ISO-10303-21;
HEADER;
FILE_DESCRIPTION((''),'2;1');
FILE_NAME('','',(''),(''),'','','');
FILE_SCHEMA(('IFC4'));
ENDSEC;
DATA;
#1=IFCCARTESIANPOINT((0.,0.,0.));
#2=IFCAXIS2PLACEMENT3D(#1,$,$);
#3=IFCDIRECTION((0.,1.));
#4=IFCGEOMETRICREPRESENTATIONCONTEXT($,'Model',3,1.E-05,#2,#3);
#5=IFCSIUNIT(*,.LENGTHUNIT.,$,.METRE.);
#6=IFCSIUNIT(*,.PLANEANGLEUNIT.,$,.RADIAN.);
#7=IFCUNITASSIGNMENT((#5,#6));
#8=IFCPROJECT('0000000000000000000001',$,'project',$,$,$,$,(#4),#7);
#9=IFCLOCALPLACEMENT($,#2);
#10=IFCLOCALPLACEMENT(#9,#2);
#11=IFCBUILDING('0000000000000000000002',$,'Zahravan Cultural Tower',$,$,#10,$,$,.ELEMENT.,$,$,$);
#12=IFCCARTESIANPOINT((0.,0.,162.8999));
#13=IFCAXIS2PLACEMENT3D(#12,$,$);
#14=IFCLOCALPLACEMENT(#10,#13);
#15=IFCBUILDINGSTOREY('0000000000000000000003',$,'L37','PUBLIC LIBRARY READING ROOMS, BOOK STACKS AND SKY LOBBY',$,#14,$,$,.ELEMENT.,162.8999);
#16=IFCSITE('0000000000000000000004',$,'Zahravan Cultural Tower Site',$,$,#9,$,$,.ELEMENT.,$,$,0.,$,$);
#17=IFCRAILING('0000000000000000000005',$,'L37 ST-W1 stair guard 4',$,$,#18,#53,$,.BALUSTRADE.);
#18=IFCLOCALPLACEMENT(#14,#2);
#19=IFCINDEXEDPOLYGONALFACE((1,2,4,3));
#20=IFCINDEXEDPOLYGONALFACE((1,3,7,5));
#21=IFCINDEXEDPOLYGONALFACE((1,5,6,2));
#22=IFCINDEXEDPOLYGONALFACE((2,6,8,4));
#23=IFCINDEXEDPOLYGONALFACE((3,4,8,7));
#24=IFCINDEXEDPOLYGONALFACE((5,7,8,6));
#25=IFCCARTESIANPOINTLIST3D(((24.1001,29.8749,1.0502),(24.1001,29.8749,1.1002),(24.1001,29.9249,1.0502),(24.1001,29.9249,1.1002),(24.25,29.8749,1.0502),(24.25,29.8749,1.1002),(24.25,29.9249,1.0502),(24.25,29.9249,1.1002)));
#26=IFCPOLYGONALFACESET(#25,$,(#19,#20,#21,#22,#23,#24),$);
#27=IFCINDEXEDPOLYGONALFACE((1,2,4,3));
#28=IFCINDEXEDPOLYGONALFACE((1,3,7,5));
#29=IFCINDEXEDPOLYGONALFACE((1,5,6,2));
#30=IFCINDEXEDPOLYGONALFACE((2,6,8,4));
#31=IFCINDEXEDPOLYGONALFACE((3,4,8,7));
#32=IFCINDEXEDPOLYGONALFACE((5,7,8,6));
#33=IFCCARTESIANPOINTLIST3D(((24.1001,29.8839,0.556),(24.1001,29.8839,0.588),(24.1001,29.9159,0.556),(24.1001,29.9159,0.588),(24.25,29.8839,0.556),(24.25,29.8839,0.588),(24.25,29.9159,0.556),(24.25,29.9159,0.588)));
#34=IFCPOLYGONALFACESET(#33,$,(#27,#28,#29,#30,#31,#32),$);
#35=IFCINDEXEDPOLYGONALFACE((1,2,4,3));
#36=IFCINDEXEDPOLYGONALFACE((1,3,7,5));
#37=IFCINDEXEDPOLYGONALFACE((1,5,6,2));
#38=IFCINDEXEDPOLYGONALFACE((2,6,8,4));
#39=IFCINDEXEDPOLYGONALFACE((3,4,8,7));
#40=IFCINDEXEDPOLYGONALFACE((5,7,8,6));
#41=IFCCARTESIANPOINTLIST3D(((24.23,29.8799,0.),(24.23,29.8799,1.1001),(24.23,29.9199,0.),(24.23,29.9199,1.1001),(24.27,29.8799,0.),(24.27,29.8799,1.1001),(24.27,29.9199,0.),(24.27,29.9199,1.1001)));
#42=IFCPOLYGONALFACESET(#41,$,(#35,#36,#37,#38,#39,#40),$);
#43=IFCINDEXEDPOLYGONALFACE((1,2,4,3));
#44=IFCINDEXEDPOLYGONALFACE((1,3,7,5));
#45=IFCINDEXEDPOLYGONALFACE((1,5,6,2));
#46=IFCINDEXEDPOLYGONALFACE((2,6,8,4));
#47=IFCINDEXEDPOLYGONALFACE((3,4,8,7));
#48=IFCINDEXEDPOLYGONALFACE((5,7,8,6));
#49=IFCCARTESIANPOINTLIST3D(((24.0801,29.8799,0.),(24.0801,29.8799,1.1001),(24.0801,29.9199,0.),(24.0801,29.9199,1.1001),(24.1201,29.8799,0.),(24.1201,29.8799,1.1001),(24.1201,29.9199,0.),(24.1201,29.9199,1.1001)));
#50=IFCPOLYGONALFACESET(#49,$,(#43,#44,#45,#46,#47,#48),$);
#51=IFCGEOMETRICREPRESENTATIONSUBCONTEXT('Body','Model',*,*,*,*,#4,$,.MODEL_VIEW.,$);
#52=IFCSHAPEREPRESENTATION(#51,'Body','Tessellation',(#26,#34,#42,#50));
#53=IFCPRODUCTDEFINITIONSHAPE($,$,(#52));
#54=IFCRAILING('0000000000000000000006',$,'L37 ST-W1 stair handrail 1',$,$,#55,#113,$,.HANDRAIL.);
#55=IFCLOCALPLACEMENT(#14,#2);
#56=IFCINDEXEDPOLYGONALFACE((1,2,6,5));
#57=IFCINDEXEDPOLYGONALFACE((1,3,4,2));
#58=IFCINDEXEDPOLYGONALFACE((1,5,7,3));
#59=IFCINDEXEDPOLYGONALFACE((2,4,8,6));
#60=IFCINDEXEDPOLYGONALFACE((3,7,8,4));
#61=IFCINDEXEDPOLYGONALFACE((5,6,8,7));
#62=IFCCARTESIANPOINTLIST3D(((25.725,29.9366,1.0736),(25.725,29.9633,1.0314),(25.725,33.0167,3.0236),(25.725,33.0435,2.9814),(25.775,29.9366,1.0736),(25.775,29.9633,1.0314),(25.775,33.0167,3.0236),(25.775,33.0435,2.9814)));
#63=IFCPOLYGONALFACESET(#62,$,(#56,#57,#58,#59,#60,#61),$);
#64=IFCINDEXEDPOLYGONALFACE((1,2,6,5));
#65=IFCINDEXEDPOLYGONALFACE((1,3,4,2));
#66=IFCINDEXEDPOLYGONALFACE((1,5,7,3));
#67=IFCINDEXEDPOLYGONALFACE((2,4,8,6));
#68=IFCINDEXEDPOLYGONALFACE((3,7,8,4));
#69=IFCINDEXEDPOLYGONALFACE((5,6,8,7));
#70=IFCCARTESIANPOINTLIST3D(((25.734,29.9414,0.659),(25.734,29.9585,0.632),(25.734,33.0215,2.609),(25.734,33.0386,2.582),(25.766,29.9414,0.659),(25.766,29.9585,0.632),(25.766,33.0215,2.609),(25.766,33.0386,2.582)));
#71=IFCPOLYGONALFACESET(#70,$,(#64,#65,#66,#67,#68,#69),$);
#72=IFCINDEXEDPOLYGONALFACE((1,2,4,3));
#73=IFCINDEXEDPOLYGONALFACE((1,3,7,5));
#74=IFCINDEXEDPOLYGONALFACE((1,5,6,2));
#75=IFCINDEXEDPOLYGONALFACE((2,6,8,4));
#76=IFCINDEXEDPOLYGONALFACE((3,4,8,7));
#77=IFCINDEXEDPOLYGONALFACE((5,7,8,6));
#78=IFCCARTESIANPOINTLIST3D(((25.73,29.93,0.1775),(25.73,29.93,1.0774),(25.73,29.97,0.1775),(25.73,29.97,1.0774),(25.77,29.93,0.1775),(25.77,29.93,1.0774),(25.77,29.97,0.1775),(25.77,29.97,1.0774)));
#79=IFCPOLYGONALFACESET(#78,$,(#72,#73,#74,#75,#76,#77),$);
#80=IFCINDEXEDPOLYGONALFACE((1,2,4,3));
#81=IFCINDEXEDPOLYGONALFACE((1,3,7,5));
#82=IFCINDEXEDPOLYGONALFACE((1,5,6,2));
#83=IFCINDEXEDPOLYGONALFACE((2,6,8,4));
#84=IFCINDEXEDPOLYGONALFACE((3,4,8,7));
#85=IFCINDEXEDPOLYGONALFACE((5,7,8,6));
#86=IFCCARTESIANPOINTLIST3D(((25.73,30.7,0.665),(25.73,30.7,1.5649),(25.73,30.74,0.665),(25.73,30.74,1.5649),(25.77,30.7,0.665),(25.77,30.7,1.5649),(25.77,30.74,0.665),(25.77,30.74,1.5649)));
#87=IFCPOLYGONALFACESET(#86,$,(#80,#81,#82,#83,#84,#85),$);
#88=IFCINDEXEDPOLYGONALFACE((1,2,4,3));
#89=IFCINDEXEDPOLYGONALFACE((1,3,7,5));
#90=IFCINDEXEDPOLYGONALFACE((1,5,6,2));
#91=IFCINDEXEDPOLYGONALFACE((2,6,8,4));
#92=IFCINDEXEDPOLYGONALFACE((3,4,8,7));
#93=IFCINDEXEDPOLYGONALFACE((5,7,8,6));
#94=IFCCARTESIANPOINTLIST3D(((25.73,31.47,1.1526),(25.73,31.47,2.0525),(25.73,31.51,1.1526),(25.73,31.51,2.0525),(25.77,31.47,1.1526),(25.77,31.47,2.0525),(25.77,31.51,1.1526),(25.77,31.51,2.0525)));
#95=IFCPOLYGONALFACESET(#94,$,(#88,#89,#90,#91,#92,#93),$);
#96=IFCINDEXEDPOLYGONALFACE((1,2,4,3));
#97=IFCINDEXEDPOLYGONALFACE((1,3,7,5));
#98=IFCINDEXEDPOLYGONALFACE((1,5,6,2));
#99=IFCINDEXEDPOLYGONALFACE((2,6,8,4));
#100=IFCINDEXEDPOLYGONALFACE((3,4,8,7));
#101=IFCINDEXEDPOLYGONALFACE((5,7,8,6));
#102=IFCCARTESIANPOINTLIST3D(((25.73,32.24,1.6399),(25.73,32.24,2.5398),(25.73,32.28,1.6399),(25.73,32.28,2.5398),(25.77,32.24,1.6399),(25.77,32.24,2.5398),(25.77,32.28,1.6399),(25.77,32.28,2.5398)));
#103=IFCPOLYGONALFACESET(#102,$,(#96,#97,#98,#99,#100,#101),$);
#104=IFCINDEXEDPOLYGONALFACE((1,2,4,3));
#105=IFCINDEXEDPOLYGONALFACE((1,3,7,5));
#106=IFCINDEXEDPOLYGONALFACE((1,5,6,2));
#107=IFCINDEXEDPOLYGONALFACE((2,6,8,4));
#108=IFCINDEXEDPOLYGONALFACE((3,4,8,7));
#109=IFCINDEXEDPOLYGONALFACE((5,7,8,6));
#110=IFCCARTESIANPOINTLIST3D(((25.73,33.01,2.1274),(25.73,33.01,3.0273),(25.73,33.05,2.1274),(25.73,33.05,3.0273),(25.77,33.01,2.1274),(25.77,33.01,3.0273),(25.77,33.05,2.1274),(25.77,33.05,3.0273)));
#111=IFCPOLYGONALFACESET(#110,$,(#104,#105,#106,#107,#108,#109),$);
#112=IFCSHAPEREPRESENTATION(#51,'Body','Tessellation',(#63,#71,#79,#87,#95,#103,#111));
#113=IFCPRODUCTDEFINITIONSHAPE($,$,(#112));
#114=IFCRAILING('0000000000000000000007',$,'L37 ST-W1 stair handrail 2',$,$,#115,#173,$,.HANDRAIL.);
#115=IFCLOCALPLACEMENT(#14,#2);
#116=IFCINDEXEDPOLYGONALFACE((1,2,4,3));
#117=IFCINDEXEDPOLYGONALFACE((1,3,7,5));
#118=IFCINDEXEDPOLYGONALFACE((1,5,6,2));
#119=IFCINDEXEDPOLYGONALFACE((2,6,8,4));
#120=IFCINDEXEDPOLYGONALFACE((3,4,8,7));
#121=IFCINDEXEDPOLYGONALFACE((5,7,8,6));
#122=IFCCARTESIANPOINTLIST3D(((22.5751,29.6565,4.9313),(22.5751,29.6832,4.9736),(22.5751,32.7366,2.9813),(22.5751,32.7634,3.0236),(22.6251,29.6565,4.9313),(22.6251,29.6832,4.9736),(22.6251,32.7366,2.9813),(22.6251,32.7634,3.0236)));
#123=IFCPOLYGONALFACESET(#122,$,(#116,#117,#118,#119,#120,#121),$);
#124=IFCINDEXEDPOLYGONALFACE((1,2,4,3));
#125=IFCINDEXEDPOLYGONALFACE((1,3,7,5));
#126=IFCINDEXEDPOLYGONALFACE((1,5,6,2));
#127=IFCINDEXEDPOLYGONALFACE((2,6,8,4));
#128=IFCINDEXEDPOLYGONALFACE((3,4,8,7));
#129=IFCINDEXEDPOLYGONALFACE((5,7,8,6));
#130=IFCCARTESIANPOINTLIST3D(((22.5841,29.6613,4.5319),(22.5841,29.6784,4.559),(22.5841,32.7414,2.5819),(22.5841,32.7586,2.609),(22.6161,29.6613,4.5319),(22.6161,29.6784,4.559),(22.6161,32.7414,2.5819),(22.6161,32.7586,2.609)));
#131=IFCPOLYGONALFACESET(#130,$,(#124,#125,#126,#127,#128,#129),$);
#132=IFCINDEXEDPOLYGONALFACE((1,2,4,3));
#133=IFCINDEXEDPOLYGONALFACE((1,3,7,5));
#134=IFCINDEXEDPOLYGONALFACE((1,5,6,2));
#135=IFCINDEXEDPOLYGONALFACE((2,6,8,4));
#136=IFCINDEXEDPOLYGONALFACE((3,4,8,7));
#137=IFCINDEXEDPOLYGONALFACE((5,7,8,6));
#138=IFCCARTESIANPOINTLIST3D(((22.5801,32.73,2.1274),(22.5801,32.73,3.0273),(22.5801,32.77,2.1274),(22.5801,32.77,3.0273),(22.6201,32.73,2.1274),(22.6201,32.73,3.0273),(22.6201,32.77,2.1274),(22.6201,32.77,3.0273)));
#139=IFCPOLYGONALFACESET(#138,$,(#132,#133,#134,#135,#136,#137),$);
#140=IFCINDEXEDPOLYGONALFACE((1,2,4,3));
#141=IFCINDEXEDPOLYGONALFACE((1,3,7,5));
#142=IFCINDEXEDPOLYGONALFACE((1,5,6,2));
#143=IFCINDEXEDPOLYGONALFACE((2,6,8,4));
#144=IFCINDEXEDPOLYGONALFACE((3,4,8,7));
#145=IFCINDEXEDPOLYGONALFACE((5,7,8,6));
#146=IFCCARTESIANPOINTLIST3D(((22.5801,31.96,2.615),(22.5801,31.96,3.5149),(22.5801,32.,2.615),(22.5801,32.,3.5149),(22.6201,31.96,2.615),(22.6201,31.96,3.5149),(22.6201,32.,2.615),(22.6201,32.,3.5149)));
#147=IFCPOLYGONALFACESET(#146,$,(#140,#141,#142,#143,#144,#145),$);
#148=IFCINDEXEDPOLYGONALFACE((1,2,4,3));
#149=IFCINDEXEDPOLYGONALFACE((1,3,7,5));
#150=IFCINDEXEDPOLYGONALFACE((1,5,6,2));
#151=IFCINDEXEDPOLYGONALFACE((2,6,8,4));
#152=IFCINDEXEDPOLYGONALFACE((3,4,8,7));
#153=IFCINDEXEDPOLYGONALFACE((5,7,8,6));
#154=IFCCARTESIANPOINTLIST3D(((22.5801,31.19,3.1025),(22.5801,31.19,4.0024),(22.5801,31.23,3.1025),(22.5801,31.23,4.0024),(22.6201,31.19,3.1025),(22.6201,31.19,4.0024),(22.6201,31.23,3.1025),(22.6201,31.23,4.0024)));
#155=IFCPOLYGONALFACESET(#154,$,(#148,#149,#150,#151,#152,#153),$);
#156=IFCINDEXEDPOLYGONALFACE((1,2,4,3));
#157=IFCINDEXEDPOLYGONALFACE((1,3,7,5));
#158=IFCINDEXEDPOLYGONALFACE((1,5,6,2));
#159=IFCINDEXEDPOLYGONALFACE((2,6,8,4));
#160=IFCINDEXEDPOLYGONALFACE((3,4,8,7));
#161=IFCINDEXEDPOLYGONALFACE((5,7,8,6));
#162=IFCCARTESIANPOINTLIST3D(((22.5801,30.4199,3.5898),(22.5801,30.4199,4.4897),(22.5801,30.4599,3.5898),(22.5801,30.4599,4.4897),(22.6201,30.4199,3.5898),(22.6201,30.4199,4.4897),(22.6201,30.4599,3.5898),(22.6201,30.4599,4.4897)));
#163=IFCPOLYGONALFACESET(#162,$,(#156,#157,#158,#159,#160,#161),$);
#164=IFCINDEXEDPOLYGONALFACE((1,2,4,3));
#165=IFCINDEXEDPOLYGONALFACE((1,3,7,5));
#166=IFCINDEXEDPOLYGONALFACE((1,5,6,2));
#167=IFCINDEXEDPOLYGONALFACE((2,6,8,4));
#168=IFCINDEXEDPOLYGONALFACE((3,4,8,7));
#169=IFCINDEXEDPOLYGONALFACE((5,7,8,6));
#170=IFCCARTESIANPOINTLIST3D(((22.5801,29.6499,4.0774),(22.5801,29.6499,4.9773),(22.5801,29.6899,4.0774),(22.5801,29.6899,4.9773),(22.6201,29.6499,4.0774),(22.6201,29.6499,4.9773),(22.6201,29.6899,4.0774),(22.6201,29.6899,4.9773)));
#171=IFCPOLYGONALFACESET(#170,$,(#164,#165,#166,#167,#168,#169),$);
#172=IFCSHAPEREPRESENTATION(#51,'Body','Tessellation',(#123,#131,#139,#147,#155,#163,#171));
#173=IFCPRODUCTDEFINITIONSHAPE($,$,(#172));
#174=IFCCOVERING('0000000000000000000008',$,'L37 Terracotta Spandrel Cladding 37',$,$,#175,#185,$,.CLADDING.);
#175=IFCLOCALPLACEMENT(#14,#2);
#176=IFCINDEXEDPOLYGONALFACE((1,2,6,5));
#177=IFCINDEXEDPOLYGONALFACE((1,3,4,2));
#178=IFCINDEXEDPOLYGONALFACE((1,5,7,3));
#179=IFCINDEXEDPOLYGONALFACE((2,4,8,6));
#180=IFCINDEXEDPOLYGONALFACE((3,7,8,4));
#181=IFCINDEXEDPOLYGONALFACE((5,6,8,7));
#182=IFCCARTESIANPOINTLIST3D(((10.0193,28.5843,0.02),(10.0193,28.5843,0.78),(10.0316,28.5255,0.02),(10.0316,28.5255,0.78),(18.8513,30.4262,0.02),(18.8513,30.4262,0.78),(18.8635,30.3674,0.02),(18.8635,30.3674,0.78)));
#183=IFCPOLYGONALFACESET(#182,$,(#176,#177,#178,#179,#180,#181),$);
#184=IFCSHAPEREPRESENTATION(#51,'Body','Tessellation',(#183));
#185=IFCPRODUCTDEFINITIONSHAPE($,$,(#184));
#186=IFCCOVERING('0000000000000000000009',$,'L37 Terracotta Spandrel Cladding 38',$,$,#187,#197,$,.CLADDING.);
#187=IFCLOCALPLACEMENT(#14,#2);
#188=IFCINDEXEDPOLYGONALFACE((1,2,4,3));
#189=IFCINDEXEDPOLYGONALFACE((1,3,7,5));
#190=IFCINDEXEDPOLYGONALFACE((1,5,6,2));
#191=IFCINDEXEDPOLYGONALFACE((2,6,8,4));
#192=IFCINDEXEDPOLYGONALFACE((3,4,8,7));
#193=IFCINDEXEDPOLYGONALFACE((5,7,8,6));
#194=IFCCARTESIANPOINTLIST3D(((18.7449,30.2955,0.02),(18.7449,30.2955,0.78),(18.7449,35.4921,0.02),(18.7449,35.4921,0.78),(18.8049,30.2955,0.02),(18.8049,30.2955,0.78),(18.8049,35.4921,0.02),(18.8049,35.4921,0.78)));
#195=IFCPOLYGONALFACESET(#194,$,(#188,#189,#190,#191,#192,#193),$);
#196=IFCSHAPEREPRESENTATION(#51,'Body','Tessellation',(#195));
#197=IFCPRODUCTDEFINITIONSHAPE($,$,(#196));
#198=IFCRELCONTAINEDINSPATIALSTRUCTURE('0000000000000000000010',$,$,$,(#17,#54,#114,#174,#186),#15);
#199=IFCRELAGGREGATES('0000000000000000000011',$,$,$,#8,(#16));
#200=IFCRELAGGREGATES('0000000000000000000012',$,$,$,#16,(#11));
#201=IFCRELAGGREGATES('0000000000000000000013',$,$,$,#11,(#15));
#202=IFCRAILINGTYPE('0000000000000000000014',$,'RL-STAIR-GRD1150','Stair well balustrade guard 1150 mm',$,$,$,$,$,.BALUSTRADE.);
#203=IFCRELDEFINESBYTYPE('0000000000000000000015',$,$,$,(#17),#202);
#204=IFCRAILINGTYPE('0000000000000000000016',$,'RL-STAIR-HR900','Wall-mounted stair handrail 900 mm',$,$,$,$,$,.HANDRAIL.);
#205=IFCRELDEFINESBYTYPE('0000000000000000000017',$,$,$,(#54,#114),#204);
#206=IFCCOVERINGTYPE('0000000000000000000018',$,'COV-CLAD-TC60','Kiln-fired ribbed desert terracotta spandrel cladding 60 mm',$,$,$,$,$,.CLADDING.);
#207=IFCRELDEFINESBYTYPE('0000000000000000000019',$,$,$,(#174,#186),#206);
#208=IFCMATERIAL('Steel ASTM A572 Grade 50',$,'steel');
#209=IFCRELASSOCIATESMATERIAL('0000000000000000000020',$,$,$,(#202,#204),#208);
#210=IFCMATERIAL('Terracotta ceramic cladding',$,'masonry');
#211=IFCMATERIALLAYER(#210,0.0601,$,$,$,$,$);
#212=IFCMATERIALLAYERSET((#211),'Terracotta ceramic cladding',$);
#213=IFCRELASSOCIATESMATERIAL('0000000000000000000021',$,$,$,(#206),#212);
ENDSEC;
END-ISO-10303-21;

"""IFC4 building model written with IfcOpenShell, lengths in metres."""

from ifc_helpers import new_model, si_unit, direction, frame, origin, origin_2d, place, context, subcontext, project, spatial, rectangle, extrude, source, transform, mapped, material, layer, layer_set, type_object, element, save


model = new_model("IFC4")

# Units and contexts
model_context = context("Model", 3, precision=1e-05, world=origin(), true_north=direction((0.0, 1.0)))
body_context = subcontext(model_context, "Body", "Model", "MODEL_VIEW")
ifc_project = project(units=[si_unit("LENGTHUNIT", "METRE"), si_unit("PLANEANGLEUNIT", "RADIAN")], contexts=[model_context])

# Site, building, storey
site_placement = place(None, origin())
site = spatial("IfcSite", under=ifc_project, at=site_placement, Name="Zahravan Cultural Tower Site", CompositionType="ELEMENT", RefElevation=0.0)
building_placement = place(site_placement, origin())
building = spatial("IfcBuilding", under=site, at=building_placement, Name="Zahravan Cultural Tower", CompositionType="ELEMENT")
storey_placement = place(building_placement, frame((0.0, 0.0, 162.8999)))
storey = spatial("IfcBuildingStorey", under=building, at=storey_placement, Name="L37", Description="PUBLIC LIBRARY READING ROOMS, BOOK STACKS AND SKY LOBBY", CompositionType="ELEMENT", Elevation=162.8999)

# Shared definitions
ifc_material_1 = material(Name="Steel ASTM A572 Grade 50", Category="steel")

# Railings
railing_type_1 = type_object("IfcRailingType", Name="RL-STAIR-GRD1150", Description="Stair well balustrade guard 1150 mm", PredefinedType="BALUSTRADE", material=ifc_material_1)
railing_1_placement = place(storey_placement, frame((24.25, 29.8999, 0.0)))
element("IfcRailing", 1, at=railing_1_placement, inside=storey, type_object=railing_type_1, Name="L37 ST-W1 stair guard 4", PredefinedType="BALUSTRADE", context=body_context, shape_type="SweptSolid", body=[
    extrude(rectangle(XDim=0.05, YDim=0.05, at=origin_2d()), frame((0.0, 0.0, 1.0752), z_axis=(-1.0, 0.0, 0.0), x_axis=(0.0, -1.0, 0.0)), (0.0, 0.0, 1.0), 0.1499),
    extrude(rectangle(XDim=0.032, YDim=0.032, at=origin_2d()), frame((0.0, 0.0, 0.572), z_axis=(-1.0, 0.0, 0.0), x_axis=(0.0, -1.0, 0.0)), (0.0, 0.0, 1.0), 0.1499),
    extrude(rectangle(XDim=0.04, YDim=0.04, at=origin_2d()), origin(), (0.0, 0.0, 1.0), 1.1001),
    extrude(rectangle(XDim=0.04, YDim=0.04, at=origin_2d()), frame((-0.1499, 0.0, 0.0)), (0.0, 0.0, 1.0), 1.1001),
])
railing_type_2 = type_object("IfcRailingType", Name="RL-STAIR-HR900", Description="Wall-mounted stair handrail 900 mm", PredefinedType="HANDRAIL", material=ifc_material_1)
railing_2_placement = place(storey_placement, frame((25.75, 29.95, 0.1775)))
element("IfcRailing", 2, at=railing_2_placement, inside=storey, type_object=railing_type_2, Name="L37 ST-W1 stair handrail 1", PredefinedType="HANDRAIL", context=body_context, shape_type="SweptSolid", body=[
    extrude(rectangle(XDim=0.05, YDim=0.05, at=origin_2d()), frame((0.0, 0.0, 0.875), z_axis=(0.0, 0.844914, 0.534902), x_axis=(-1.0, 0.0, 0.0)), (0.0, 0.0, 1.0), 3.6455),
    extrude(rectangle(XDim=0.032, YDim=0.032, at=origin_2d()), frame((0.0, 0.0, 0.468), z_axis=(0.0, 0.844914, 0.534902), x_axis=(-1.0, 0.0, 0.0)), (0.0, 0.0, 1.0), 3.6455),
    extrude(rectangle(XDim=0.04, YDim=0.04, at=origin_2d()), origin(), (0.0, 0.0, 1.0), 0.8999),
    extrude(rectangle(XDim=0.04, YDim=0.04, at=origin_2d()), frame((0.0, 0.77, 0.4875)), (0.0, 0.0, 1.0), 0.8999),
    extrude(rectangle(XDim=0.04, YDim=0.04, at=origin_2d()), frame((0.0, 1.54, 0.9751)), (0.0, 0.0, 1.0), 0.8999),
    extrude(rectangle(XDim=0.04, YDim=0.04, at=origin_2d()), frame((0.0, 2.3101, 1.4624)), (0.0, 0.0, 1.0), 0.8999),
    extrude(rectangle(XDim=0.04, YDim=0.04, at=origin_2d()), frame((0.0, 3.0801, 1.95)), (0.0, 0.0, 1.0), 0.8999),
])
railing_3_placement = place(storey_placement, frame((22.6001, 32.75, 2.1274)))
element("IfcRailing", 3, at=railing_3_placement, inside=storey, type_object=railing_type_2, Name="L37 ST-W1 stair handrail 2", PredefinedType="HANDRAIL", context=body_context, shape_type="SweptSolid", body=[
    extrude(rectangle(XDim=0.05, YDim=0.05, at=origin_2d()), frame((0.0, 0.0, 0.875), z_axis=(0.0, -0.844914, 0.534902), x_axis=(1.0, 0.0, 0.0)), (0.0, 0.0, 1.0), 3.6455),
    extrude(rectangle(XDim=0.032, YDim=0.032, at=origin_2d()), frame((0.0, 0.0, 0.468), z_axis=(0.0, -0.844914, 0.534902), x_axis=(1.0, 0.0, 0.0)), (0.0, 0.0, 1.0), 3.6455),
    extrude(rectangle(XDim=0.04, YDim=0.04, at=origin_2d()), origin(), (0.0, 0.0, 1.0), 0.8999),
    extrude(rectangle(XDim=0.04, YDim=0.04, at=origin_2d()), frame((0.0, -0.77, 0.4875)), (0.0, 0.0, 1.0), 0.8999),
    extrude(rectangle(XDim=0.04, YDim=0.04, at=origin_2d()), frame((0.0, -1.54, 0.9751)), (0.0, 0.0, 1.0), 0.8999),
    extrude(rectangle(XDim=0.04, YDim=0.04, at=origin_2d()), frame((0.0, -2.3101, 1.4624)), (0.0, 0.0, 1.0), 0.8999),
    extrude(rectangle(XDim=0.04, YDim=0.04, at=origin_2d()), frame((0.0, -3.0801, 1.95)), (0.0, 0.0, 1.0), 0.8999),
])

# Coverings
ifc_material_2 = material(Name="Terracotta ceramic cladding", Category="masonry")
ifc_layer_1 = layer(ifc_material_2, 0.0601)
ifc_layer_set_1 = layer_set([ifc_layer_1], Name="Terracotta ceramic cladding")
covering_type = type_object("IfcCoveringType", Name="COV-CLAD-TC60", Description="Kiln-fired ribbed desert terracotta spandrel cladding 60 mm", PredefinedType="CLADDING", material=ifc_layer_set_1)
shared_shape_1 = source(origin(), body_context, "Body", "SweptSolid", [
    extrude(rectangle(XDim=9.022, YDim=0.0601, at=origin_2d()), origin(), (0.0, 0.0, 1.0), 0.76),
])
covering_1_placement = place(storey_placement, frame((14.4414, 29.4758, 0.02), z_axis=(0.0, 0.0, 1.0), x_axis=(0.978939, 0.204154, 0.0)))
element("IfcCovering", 4, at=covering_1_placement, inside=storey, type_object=covering_type, Name="L37 Terracotta Spandrel Cladding 37", PredefinedType="CLADDING", context=body_context, shape_type="MappedRepresentation", body=[
    mapped(shared_shape_1, transform((0.0, 0.0, 0.0), x_axis=(1.0, 0.0, 0.0), y_axis=(0.0, 1.0, 0.0), z_axis=(0.0, 0.0, 1.0), scale=1.0)),
])
shared_shape_2 = source(origin(), body_context, "Body", "SweptSolid", [
    extrude(rectangle(XDim=5.1965, YDim=0.0601, at=origin_2d()), origin(), (0.0, 0.0, 1.0), 0.76),
])
covering_2_placement = place(storey_placement, frame((18.7749, 32.8938, 0.02), z_axis=(0.0, 0.0, 1.0), x_axis=(0.0, 1.0, 0.0)))
element("IfcCovering", 5, at=covering_2_placement, inside=storey, type_object=covering_type, Name="L37 Terracotta Spandrel Cladding 38", PredefinedType="CLADDING", context=body_context, shape_type="MappedRepresentation", body=[
    mapped(shared_shape_2, transform((0.0, 0.0, 0.0), x_axis=(1.0, 0.0, 0.0), y_axis=(0.0, 1.0, 0.0), z_axis=(0.0, 0.0, 1.0), scale=1.0)),
])

save(model, "model.ifc")
